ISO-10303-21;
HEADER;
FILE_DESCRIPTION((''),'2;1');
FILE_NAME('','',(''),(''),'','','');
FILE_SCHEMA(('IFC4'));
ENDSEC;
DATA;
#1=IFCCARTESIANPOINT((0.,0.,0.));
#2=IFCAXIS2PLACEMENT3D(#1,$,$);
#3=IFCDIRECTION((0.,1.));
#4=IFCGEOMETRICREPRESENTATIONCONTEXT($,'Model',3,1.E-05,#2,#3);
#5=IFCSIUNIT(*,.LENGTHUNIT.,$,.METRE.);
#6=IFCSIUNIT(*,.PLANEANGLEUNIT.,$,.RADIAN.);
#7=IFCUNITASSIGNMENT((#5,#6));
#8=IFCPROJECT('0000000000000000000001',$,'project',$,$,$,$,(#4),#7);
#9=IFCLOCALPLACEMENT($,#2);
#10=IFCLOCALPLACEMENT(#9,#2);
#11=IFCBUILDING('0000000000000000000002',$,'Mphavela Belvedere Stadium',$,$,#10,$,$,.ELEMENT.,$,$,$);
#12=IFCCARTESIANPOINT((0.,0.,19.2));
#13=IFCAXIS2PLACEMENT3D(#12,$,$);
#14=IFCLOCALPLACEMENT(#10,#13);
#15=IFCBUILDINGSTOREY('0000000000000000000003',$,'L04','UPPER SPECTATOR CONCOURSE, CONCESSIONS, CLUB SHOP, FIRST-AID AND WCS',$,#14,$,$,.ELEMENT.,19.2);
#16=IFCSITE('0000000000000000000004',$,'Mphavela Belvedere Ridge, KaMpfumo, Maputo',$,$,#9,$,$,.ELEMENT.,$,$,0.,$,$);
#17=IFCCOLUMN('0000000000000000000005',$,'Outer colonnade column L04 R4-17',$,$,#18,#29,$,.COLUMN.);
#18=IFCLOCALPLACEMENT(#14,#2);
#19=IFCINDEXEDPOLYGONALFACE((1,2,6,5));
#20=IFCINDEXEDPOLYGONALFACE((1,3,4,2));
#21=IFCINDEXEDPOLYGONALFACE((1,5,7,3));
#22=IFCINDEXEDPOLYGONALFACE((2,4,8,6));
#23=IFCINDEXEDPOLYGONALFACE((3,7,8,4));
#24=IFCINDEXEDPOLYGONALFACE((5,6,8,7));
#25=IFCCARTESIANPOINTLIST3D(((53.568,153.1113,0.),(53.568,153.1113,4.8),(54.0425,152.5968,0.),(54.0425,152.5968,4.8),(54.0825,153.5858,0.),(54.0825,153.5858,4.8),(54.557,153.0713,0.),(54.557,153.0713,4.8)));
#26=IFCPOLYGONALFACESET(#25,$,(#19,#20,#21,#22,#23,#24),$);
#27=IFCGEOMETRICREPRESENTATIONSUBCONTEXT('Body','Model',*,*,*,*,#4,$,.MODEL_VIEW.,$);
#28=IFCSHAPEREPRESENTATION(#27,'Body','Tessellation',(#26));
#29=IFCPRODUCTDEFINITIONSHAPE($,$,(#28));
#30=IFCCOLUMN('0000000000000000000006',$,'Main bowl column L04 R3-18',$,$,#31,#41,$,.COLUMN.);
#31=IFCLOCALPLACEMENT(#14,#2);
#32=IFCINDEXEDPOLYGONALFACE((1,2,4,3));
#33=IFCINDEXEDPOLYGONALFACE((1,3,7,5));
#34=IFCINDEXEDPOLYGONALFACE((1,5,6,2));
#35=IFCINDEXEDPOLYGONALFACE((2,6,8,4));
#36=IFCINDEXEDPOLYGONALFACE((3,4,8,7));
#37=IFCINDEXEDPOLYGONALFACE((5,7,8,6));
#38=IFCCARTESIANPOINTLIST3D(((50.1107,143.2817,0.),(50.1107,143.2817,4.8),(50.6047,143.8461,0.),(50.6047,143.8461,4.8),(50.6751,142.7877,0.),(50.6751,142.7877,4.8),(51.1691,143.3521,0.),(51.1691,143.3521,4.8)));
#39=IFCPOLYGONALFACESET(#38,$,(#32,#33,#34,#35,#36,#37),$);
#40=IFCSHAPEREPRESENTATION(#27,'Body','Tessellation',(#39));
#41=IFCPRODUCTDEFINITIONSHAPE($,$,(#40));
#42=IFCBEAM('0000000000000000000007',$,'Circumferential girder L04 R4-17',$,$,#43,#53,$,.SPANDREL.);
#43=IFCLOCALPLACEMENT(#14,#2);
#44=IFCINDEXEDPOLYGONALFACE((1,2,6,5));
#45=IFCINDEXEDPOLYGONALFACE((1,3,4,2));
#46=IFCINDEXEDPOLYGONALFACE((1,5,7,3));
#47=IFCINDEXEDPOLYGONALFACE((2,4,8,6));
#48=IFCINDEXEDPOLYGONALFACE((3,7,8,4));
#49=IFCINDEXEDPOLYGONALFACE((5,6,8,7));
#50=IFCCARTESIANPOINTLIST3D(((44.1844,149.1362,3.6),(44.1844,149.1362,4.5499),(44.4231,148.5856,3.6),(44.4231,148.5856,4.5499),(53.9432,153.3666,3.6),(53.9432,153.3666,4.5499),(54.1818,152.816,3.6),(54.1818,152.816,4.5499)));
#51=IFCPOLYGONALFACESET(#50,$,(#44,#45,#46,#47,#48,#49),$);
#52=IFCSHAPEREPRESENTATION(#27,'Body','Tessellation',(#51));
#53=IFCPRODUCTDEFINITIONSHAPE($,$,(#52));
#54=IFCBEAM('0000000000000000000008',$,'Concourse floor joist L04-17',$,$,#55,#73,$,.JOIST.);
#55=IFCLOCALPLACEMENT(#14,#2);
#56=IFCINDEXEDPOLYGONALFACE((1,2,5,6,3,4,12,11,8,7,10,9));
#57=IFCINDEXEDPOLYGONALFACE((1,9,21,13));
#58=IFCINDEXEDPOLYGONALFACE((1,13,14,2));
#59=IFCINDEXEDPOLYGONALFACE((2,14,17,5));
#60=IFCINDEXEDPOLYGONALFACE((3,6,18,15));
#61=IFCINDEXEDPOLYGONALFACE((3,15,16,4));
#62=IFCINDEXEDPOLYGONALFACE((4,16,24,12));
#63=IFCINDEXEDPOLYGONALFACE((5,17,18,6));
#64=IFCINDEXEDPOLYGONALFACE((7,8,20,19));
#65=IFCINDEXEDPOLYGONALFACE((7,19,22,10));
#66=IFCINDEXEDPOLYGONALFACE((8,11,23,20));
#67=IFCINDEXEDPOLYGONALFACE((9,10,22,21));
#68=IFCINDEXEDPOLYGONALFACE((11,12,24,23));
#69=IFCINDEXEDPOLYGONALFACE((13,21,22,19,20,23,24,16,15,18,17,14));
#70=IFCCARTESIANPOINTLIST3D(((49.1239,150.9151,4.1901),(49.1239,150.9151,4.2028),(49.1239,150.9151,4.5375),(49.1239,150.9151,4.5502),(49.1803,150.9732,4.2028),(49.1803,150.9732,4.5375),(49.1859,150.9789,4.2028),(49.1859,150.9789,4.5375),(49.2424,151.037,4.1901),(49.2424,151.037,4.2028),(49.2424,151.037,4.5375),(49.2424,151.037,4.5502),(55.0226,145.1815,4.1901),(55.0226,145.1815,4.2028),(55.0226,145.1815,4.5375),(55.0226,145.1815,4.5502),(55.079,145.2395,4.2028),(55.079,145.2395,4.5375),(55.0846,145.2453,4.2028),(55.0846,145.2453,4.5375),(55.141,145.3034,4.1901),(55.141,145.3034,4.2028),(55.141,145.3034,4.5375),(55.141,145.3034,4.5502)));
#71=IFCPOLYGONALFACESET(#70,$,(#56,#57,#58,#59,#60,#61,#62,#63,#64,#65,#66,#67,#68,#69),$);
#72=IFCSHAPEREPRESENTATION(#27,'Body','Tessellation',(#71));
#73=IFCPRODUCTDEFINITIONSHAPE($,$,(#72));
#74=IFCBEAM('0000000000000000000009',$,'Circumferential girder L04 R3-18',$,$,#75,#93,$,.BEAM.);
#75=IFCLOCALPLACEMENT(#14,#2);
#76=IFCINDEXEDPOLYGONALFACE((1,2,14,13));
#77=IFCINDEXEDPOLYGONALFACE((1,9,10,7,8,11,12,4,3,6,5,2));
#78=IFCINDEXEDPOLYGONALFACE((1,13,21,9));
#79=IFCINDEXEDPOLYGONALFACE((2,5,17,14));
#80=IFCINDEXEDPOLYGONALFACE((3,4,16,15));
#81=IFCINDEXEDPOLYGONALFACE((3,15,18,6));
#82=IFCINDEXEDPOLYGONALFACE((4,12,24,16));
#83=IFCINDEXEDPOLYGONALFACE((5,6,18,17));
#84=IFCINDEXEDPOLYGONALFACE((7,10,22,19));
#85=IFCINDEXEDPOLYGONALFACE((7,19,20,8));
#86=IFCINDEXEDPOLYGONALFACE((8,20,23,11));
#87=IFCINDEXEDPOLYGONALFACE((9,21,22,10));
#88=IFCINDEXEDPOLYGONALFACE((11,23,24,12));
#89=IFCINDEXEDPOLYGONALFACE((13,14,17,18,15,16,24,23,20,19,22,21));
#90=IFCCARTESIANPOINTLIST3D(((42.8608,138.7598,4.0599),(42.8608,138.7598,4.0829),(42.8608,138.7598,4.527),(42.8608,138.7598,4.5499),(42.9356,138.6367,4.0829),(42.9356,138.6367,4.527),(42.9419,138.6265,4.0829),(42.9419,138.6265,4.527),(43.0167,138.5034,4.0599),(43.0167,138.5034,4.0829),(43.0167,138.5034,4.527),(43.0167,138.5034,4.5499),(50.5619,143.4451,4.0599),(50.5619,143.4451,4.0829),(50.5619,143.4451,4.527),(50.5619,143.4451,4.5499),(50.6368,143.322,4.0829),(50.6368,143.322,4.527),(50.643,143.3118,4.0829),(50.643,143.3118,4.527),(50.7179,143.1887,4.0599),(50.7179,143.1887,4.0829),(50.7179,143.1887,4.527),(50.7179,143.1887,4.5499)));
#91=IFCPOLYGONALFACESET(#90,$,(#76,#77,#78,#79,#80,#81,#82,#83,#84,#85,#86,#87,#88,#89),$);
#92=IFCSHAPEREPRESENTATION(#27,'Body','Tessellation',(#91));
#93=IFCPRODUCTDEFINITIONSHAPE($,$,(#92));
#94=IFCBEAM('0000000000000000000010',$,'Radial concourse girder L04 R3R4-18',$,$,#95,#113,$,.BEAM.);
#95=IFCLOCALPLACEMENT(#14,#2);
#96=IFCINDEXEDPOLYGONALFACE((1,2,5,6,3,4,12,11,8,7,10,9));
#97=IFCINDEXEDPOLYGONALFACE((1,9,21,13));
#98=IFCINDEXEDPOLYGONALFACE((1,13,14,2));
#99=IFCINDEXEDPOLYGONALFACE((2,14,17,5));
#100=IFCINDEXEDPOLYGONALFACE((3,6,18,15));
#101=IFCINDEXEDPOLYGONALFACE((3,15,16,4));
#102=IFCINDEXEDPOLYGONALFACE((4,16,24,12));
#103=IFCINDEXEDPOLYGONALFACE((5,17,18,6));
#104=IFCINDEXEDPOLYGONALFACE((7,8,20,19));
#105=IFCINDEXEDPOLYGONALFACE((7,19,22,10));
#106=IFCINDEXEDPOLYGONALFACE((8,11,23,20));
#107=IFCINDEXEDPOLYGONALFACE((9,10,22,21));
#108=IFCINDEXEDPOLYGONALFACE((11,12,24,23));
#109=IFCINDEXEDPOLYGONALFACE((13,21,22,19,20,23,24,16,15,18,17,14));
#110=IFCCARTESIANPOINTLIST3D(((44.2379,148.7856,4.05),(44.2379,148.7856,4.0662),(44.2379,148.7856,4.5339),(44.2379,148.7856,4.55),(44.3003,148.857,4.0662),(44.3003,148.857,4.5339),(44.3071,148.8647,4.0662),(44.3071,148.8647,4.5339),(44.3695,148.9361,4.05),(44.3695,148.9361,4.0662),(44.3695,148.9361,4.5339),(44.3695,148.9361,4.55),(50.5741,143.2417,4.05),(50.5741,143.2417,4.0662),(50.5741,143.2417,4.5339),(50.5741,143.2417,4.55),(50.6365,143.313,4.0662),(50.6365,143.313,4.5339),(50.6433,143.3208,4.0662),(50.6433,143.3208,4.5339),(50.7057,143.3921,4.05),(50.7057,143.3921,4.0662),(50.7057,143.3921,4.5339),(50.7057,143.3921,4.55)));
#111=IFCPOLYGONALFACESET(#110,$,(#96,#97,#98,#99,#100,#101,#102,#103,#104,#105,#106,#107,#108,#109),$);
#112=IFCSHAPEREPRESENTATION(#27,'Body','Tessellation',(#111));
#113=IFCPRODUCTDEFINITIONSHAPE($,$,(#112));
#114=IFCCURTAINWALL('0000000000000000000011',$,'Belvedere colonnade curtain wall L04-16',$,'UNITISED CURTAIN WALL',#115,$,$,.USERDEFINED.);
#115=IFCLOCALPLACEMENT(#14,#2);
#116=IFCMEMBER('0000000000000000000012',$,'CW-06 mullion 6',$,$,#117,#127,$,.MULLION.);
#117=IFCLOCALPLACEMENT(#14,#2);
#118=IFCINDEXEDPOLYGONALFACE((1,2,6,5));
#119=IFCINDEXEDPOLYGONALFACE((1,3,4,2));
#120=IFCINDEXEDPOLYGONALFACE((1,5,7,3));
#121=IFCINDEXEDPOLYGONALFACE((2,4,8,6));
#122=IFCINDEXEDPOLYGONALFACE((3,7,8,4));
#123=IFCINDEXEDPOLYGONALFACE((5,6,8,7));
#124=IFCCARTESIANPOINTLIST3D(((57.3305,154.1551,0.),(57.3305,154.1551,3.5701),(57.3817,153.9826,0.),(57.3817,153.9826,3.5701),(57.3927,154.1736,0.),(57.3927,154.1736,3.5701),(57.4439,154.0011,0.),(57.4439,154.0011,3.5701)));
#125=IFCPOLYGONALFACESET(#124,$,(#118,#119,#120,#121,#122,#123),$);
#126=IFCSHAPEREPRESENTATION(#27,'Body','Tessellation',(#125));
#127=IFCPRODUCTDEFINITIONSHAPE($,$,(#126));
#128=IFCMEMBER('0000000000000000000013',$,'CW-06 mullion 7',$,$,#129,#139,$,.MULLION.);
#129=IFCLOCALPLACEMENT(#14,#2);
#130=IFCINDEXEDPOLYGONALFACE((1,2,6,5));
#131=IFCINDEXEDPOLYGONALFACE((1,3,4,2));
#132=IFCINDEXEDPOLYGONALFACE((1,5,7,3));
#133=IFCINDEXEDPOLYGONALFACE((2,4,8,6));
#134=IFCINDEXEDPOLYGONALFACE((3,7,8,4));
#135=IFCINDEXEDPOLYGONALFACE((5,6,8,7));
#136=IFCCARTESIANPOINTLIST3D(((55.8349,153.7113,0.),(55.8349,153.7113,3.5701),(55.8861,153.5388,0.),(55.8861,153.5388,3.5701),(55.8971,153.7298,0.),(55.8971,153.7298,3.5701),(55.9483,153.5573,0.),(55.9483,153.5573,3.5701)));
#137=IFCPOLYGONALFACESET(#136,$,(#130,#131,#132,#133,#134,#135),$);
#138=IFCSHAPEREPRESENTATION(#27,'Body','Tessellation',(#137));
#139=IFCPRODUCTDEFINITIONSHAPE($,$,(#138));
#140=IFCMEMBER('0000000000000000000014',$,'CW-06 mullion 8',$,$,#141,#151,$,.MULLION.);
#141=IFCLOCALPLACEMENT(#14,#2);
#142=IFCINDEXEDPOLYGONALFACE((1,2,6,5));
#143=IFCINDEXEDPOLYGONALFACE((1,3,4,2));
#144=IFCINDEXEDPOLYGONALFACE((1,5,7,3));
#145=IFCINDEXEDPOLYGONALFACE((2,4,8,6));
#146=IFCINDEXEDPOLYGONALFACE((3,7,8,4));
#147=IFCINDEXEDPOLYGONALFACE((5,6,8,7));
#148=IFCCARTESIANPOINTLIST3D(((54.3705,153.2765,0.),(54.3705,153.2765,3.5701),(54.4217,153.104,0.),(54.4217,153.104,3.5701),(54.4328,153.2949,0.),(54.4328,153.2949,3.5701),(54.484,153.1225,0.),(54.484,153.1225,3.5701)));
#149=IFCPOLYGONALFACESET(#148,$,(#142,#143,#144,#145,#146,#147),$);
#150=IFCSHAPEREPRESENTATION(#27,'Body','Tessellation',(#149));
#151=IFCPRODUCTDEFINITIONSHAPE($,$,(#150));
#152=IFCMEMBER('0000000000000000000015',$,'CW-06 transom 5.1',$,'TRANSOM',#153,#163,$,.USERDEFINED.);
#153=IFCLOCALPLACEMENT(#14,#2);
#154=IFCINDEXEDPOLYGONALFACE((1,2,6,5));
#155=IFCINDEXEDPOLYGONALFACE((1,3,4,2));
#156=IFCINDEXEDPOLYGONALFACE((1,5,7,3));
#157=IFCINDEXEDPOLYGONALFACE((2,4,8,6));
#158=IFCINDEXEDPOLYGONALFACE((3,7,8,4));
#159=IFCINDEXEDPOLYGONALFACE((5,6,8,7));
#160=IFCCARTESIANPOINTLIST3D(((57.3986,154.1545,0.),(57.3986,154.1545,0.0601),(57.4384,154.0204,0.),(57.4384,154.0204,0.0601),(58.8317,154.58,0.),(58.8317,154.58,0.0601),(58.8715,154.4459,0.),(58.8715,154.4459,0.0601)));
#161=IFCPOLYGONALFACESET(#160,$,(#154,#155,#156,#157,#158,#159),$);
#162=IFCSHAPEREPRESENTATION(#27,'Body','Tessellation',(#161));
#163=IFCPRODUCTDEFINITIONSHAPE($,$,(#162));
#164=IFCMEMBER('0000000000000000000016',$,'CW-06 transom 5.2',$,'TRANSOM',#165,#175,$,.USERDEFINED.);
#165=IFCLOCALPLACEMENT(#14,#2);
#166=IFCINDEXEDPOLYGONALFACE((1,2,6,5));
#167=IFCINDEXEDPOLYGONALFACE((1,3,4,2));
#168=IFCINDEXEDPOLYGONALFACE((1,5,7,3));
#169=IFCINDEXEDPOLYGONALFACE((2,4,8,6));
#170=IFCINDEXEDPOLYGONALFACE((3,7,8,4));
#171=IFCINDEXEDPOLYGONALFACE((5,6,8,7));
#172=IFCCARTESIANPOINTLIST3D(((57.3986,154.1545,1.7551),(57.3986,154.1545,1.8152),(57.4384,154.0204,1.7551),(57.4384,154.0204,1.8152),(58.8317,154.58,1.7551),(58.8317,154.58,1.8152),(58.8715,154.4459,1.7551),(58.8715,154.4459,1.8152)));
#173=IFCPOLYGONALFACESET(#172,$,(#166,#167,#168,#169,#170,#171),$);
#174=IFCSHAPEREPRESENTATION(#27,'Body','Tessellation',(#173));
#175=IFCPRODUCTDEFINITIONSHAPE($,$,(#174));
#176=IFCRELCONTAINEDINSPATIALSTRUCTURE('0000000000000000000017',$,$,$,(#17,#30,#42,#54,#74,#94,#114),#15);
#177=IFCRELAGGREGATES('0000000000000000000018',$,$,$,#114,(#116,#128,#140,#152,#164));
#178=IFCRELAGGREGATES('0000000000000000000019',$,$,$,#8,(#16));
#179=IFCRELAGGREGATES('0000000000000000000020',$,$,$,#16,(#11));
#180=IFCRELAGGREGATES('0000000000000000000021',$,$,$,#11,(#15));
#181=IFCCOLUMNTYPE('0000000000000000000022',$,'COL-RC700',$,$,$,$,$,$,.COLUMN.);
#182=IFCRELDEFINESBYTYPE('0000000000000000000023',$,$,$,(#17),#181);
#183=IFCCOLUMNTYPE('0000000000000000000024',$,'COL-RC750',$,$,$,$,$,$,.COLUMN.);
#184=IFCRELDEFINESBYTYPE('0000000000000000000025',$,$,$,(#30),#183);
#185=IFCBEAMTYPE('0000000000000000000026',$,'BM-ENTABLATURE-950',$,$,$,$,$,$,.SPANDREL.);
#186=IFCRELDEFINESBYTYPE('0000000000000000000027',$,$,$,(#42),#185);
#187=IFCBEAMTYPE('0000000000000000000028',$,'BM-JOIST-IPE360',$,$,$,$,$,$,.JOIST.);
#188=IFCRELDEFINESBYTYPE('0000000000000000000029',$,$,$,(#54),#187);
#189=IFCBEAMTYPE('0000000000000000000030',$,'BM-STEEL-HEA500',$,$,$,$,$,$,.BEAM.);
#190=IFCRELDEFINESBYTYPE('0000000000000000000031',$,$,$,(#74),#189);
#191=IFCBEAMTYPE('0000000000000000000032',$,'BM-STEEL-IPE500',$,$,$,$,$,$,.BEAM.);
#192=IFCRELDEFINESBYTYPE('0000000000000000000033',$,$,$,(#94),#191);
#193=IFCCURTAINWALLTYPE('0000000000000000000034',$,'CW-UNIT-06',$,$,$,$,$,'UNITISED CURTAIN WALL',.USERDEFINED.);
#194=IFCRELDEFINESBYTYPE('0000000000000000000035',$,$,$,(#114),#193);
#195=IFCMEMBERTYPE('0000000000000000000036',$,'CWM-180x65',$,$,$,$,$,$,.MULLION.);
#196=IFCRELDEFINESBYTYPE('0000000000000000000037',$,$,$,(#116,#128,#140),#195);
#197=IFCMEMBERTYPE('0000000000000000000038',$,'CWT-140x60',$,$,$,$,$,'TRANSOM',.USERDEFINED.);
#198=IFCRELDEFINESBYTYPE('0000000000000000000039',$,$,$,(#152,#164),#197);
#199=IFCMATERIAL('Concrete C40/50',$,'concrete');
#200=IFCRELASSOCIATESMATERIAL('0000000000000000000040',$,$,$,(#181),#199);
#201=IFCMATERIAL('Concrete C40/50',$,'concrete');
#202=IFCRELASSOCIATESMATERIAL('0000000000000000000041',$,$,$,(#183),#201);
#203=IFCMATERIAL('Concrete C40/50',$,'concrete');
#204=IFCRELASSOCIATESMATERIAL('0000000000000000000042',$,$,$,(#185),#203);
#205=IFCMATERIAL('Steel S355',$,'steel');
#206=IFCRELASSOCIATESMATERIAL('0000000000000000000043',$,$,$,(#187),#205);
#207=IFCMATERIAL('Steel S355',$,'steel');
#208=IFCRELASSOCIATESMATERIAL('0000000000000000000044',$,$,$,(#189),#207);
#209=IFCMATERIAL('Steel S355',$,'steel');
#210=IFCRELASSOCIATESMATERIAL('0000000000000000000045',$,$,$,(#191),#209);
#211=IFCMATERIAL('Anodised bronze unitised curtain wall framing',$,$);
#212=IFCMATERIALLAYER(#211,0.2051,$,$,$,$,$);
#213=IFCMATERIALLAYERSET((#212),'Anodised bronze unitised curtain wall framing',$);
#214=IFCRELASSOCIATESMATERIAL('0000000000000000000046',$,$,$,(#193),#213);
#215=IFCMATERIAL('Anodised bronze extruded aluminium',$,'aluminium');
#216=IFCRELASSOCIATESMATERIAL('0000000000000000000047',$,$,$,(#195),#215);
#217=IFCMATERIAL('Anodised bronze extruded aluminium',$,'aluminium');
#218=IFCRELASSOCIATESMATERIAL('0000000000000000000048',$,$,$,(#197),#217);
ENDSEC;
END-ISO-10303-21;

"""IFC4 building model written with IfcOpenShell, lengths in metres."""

from ifc_helpers import new_model, si_unit, direction, frame, origin, origin_2d, place, context, subcontext, project, spatial, rectangle, i_section, extrude, material, layer, layer_set, material_profile, profile_set, type_object, element, aggregate, save


model = new_model("IFC4")

# Units and contexts
model_context = context("Model", 3, precision=1e-05, world=origin(), true_north=direction((0.0, 1.0)))
body_context = subcontext(model_context, "Body", "Model", "MODEL_VIEW")
ifc_project = project(units=[si_unit("LENGTHUNIT", "METRE"), si_unit("PLANEANGLEUNIT", "RADIAN")], contexts=[model_context])

# Site, building, storey
site_placement = place(None, origin())
site = spatial("IfcSite", under=ifc_project, at=site_placement, Name="Mphavela Belvedere Ridge, KaMpfumo, Maputo", CompositionType="ELEMENT", RefElevation=0.0)
building_placement = place(site_placement, origin())
building = spatial("IfcBuilding", under=site, at=building_placement, Name="Mphavela Belvedere Stadium", CompositionType="ELEMENT")
storey_placement = place(building_placement, frame((0.0, 0.0, 19.2)))
storey = spatial("IfcBuildingStorey", under=building, at=storey_placement, Name="L04", Description="UPPER SPECTATOR CONCOURSE, CONCESSIONS, CLUB SHOP, FIRST-AID AND WCS", CompositionType="ELEMENT", Elevation=19.2)

# Columns
ifc_material_1 = material(Name="Concrete C40/50", Category="concrete")
ifc_material_profile_1 = material_profile(ifc_material_1, rectangle(XDim=0.7, YDim=0.7, at=origin_2d()), Name="RC 700x700")
ifc_profile_set_1 = profile_set([ifc_material_profile_1], Name="Concrete C40/50")
column_type_1 = type_object("IfcColumnType", Name="COL-RC700", PredefinedType="COLUMN", material=ifc_profile_set_1)
column_1_placement = place(storey_placement, frame((54.0625, 153.0913, 0.0), z_axis=(0.0, 0.0, 1.0), x_axis=(-0.677903, 0.735151, 0.0)))
element("IfcColumn", 1, at=column_1_placement, inside=storey, type_object=column_type_1, Name="Outer colonnade column L04 R4-17", PredefinedType="COLUMN", context=body_context, shape_type="SweptSolid", body=[
    extrude(rectangle(XDim=0.7, YDim=0.7, at=origin_2d()), origin(), (0.0, 0.0, 1.0), 4.8),
])
ifc_material_2 = material(Name="Concrete C40/50", Category="concrete")
ifc_material_profile_2 = material_profile(ifc_material_2, rectangle(XDim=0.75, YDim=0.75, at=origin_2d()), Name="RC 750x750")
ifc_profile_set_2 = profile_set([ifc_material_profile_2], Name="Concrete C40/50")
column_type_2 = type_object("IfcColumnType", Name="COL-RC750", PredefinedType="COLUMN", material=ifc_profile_set_2)
column_2_placement = place(storey_placement, frame((50.6399, 143.3169, 0.0), z_axis=(0.0, 0.0, 1.0), x_axis=(-0.75253, 0.658558, 0.0)))
element("IfcColumn", 2, at=column_2_placement, inside=storey, type_object=column_type_2, Name="Main bowl column L04 R3-18", PredefinedType="COLUMN", context=body_context, shape_type="SweptSolid", body=[
    extrude(rectangle(XDim=0.75, YDim=0.75, at=origin_2d()), origin(), (0.0, 0.0, 1.0), 4.8),
])

# Beams
ifc_material_3 = material(Name="Concrete C40/50", Category="concrete")
ifc_material_profile_3 = material_profile(ifc_material_3, rectangle(XDim=0.6001, YDim=0.95, at=origin_2d()), Name="RC 600x950")
ifc_profile_set_3 = profile_set([ifc_material_profile_3], Name="Concrete C40/50")
beam_type_1 = type_object("IfcBeamType", Name="BM-ENTABLATURE-950", PredefinedType="SPANDREL", material=ifc_profile_set_3)
beam_1_placement = place(storey_placement, frame((54.0625, 153.0913, 4.075), z_axis=(-0.917499, -0.397739, 0.0), x_axis=(0.397739, -0.917499, 0.0)))
element("IfcBeam", 3, at=beam_1_placement, inside=storey, type_object=beam_type_1, Name="Circumferential girder L04 R4-17", PredefinedType="SPANDREL", context=body_context, shape_type="SweptSolid", body=[
    extrude(rectangle(XDim=0.6001, YDim=0.95, at=origin_2d()), origin(), (0.0, 0.0, 1.0), 10.6362),
])
ifc_material_4 = material(Name="Steel S355", Category="steel")
ifc_material_profile_4 = material_profile(ifc_material_4, i_section(OverallWidth=0.1699, OverallDepth=0.3601, WebThickness=0.0081, FlangeThickness=0.0127, at=origin_2d()), Name="IPE 360")
ifc_profile_set_4 = profile_set([ifc_material_profile_4], Name="Steel S355")
beam_type_2 = type_object("IfcBeamType", Name="BM-JOIST-IPE360", PredefinedType="JOIST", material=ifc_profile_set_4)
beam_2_placement = place(storey_placement, frame((55.0818, 145.2424, 4.3701), z_axis=(-0.717067, 0.697004, 0.0), x_axis=(-0.697004, -0.717067, 0.0)))
element("IfcBeam", 4, at=beam_2_placement, inside=storey, type_object=beam_type_2, Name="Concourse floor joist L04-17", PredefinedType="JOIST", context=body_context, shape_type="SweptSolid", body=[
    extrude(i_section(OverallWidth=0.1699, OverallDepth=0.3601, WebThickness=0.0081, FlangeThickness=0.0127, at=origin_2d()), origin(), (0.0, 0.0, 1.0), 8.2261),
])
ifc_material_5 = material(Name="Steel S355", Category="steel")
ifc_material_profile_5 = material_profile(ifc_material_5, i_section(OverallWidth=0.3, OverallDepth=0.49, WebThickness=0.012, FlangeThickness=0.0229, at=origin_2d()), Name="HEA 500")
ifc_profile_set_5 = profile_set([ifc_material_profile_5], Name="Steel S355")
beam_type_3 = type_object("IfcBeamType", Name="BM-STEEL-HEA500", PredefinedType="BEAM", material=ifc_profile_set_5)
beam_3_placement = place(storey_placement, frame((50.6399, 143.3169, 4.3049), z_axis=(-0.854315, -0.519755, 0.0), x_axis=(0.519755, -0.854315, 0.0)))
element("IfcBeam", 5, at=beam_3_placement, inside=storey, type_object=beam_type_3, Name="Circumferential girder L04 R3-18", PredefinedType="BEAM", context=body_context, shape_type="SweptSolid", body=[
    extrude(i_section(OverallWidth=0.3, OverallDepth=0.49, WebThickness=0.012, FlangeThickness=0.0229, at=origin_2d()), origin(), (0.0, 0.0, 1.0), 9.0144),
])
ifc_material_6 = material(Name="Steel S355", Category="steel")
ifc_material_profile_6 = material_profile(ifc_material_6, i_section(OverallWidth=0.2, OverallDepth=0.5, WebThickness=0.0103, FlangeThickness=0.0161, at=origin_2d()), Name="IPE 500")
ifc_profile_set_6 = profile_set([ifc_material_profile_6], Name="Steel S355")
beam_type_4 = type_object("IfcBeamType", Name="BM-STEEL-IPE500", PredefinedType="BEAM", material=ifc_profile_set_6)
beam_4_placement = place(storey_placement, frame((50.6399, 143.3169, 4.3), z_axis=(-0.752589, 0.65849, 0.0), x_axis=(-0.65849, -0.752589, 0.0)))
element("IfcBeam", 6, at=beam_4_placement, inside=storey, type_object=beam_type_4, Name="Radial concourse girder L04 R3R4-18", PredefinedType="BEAM", context=body_context, shape_type="SweptSolid", body=[
    extrude(i_section(OverallWidth=0.2, OverallDepth=0.5, WebThickness=0.0103, FlangeThickness=0.0161, at=origin_2d()), origin(), (0.0, 0.0, 1.0), 8.4192),
])

# Curtain wall, members
ifc_material_7 = material(Name="Anodised bronze unitised curtain wall framing")
ifc_layer_1 = layer(ifc_material_7, 0.2051)
ifc_layer_set_1 = layer_set([ifc_layer_1], Name="Anodised bronze unitised curtain wall framing")
curtain_wall_type = type_object("IfcCurtainWallType", Name="CW-UNIT-06", ElementType="UNITISED CURTAIN WALL", PredefinedType="USERDEFINED", material=ifc_layer_set_1)
curtain_wall_placement = place(storey_placement, origin())
curtain_wall = element("IfcCurtainWall", 7, at=curtain_wall_placement, inside=storey, type_object=curtain_wall_type, Name="Belvedere colonnade curtain wall L04-16", ObjectType="UNITISED CURTAIN WALL", PredefinedType="USERDEFINED")
ifc_material_8 = material(Name="Anodised bronze extruded aluminium", Category="aluminium")
ifc_material_profile_7 = material_profile(ifc_material_8, rectangle(XDim=0.1799, YDim=0.0649, at=origin_2d()), Name="CW-MUL 180x65")
ifc_profile_set_7 = profile_set([ifc_material_profile_7], Name="Anodised bronze extruded aluminium")
member_type_1 = type_object("IfcMemberType", Name="CWM-180x65", PredefinedType="MULLION", material=ifc_profile_set_7)
member_1_placement = place(storey_placement, frame((57.3872, 154.0781, 0.0), z_axis=(0.0, 0.0, 1.0), x_axis=(0.284561, -0.958658, 0.0)))
member_1 = element("IfcMember", 8, at=member_1_placement, type_object=member_type_1, Name="CW-06 mullion 6", PredefinedType="MULLION", context=body_context, shape_type="SweptSolid", body=[
    extrude(rectangle(XDim=0.1799, YDim=0.0649, at=origin_2d()), origin(), (0.0, 0.0, 1.0), 3.5701),
])
member_2_placement = place(storey_placement, frame((55.8916, 153.6343, 0.0), z_axis=(0.0, 0.0, 1.0), x_axis=(0.284561, -0.958658, 0.0)))
member_2 = element("IfcMember", 9, at=member_2_placement, type_object=member_type_1, Name="CW-06 mullion 7", PredefinedType="MULLION", context=body_context, shape_type="SweptSolid", body=[
    extrude(rectangle(XDim=0.1799, YDim=0.0649, at=origin_2d()), origin(), (0.0, 0.0, 1.0), 3.5701),
])
member_3_placement = place(storey_placement, frame((54.4272, 153.1995, 0.0), z_axis=(0.0, 0.0, 1.0), x_axis=(0.284561, -0.958658, 0.0)))
member_3 = element("IfcMember", 10, at=member_3_placement, type_object=member_type_1, Name="CW-06 mullion 8", PredefinedType="MULLION", context=body_context, shape_type="SweptSolid", body=[
    extrude(rectangle(XDim=0.1799, YDim=0.0649, at=origin_2d()), origin(), (0.0, 0.0, 1.0), 3.5701),
])
ifc_material_9 = material(Name="Anodised bronze extruded aluminium", Category="aluminium")
ifc_material_profile_8 = material_profile(ifc_material_9, rectangle(XDim=0.1399, YDim=0.0601, at=origin_2d()), Name="CW-TRN 140x60")
ifc_profile_set_8 = profile_set([ifc_material_profile_8], Name="Anodised bronze extruded aluminium")
member_type_2 = type_object("IfcMemberType", Name="CWT-140x60", ElementType="TRANSOM", PredefinedType="USERDEFINED", material=ifc_profile_set_8)
member_4_placement = place(storey_placement, frame((58.8516, 154.5129, 0.03), z_axis=(-0.958632, -0.28465, 0.0), x_axis=(0.28465, -0.958632, 0.0)))
member_4 = element("IfcMember", 11, at=member_4_placement, type_object=member_type_2, Name="CW-06 transom 5.1", ObjectType="TRANSOM", PredefinedType="USERDEFINED", context=body_context, shape_type="SweptSolid", body=[
    extrude(rectangle(XDim=0.1399, YDim=0.0601, at=origin_2d()), origin(), (0.0, 0.0, 1.0), 1.4949),
])
member_5_placement = place(storey_placement, frame((58.8516, 154.5129, 1.7852), z_axis=(-0.958632, -0.28465, 0.0), x_axis=(0.28465, -0.958632, 0.0)))
member_5 = element("IfcMember", 12, at=member_5_placement, type_object=member_type_2, Name="CW-06 transom 5.2", ObjectType="TRANSOM", PredefinedType="USERDEFINED", context=body_context, shape_type="SweptSolid", body=[
    extrude(rectangle(XDim=0.1399, YDim=0.0601, at=origin_2d()), origin(), (0.0, 0.0, 1.0), 1.4949),
])
aggregate(curtain_wall, [member_1, member_2, member_3, member_4, member_5])

save(model, "model.ifc")
